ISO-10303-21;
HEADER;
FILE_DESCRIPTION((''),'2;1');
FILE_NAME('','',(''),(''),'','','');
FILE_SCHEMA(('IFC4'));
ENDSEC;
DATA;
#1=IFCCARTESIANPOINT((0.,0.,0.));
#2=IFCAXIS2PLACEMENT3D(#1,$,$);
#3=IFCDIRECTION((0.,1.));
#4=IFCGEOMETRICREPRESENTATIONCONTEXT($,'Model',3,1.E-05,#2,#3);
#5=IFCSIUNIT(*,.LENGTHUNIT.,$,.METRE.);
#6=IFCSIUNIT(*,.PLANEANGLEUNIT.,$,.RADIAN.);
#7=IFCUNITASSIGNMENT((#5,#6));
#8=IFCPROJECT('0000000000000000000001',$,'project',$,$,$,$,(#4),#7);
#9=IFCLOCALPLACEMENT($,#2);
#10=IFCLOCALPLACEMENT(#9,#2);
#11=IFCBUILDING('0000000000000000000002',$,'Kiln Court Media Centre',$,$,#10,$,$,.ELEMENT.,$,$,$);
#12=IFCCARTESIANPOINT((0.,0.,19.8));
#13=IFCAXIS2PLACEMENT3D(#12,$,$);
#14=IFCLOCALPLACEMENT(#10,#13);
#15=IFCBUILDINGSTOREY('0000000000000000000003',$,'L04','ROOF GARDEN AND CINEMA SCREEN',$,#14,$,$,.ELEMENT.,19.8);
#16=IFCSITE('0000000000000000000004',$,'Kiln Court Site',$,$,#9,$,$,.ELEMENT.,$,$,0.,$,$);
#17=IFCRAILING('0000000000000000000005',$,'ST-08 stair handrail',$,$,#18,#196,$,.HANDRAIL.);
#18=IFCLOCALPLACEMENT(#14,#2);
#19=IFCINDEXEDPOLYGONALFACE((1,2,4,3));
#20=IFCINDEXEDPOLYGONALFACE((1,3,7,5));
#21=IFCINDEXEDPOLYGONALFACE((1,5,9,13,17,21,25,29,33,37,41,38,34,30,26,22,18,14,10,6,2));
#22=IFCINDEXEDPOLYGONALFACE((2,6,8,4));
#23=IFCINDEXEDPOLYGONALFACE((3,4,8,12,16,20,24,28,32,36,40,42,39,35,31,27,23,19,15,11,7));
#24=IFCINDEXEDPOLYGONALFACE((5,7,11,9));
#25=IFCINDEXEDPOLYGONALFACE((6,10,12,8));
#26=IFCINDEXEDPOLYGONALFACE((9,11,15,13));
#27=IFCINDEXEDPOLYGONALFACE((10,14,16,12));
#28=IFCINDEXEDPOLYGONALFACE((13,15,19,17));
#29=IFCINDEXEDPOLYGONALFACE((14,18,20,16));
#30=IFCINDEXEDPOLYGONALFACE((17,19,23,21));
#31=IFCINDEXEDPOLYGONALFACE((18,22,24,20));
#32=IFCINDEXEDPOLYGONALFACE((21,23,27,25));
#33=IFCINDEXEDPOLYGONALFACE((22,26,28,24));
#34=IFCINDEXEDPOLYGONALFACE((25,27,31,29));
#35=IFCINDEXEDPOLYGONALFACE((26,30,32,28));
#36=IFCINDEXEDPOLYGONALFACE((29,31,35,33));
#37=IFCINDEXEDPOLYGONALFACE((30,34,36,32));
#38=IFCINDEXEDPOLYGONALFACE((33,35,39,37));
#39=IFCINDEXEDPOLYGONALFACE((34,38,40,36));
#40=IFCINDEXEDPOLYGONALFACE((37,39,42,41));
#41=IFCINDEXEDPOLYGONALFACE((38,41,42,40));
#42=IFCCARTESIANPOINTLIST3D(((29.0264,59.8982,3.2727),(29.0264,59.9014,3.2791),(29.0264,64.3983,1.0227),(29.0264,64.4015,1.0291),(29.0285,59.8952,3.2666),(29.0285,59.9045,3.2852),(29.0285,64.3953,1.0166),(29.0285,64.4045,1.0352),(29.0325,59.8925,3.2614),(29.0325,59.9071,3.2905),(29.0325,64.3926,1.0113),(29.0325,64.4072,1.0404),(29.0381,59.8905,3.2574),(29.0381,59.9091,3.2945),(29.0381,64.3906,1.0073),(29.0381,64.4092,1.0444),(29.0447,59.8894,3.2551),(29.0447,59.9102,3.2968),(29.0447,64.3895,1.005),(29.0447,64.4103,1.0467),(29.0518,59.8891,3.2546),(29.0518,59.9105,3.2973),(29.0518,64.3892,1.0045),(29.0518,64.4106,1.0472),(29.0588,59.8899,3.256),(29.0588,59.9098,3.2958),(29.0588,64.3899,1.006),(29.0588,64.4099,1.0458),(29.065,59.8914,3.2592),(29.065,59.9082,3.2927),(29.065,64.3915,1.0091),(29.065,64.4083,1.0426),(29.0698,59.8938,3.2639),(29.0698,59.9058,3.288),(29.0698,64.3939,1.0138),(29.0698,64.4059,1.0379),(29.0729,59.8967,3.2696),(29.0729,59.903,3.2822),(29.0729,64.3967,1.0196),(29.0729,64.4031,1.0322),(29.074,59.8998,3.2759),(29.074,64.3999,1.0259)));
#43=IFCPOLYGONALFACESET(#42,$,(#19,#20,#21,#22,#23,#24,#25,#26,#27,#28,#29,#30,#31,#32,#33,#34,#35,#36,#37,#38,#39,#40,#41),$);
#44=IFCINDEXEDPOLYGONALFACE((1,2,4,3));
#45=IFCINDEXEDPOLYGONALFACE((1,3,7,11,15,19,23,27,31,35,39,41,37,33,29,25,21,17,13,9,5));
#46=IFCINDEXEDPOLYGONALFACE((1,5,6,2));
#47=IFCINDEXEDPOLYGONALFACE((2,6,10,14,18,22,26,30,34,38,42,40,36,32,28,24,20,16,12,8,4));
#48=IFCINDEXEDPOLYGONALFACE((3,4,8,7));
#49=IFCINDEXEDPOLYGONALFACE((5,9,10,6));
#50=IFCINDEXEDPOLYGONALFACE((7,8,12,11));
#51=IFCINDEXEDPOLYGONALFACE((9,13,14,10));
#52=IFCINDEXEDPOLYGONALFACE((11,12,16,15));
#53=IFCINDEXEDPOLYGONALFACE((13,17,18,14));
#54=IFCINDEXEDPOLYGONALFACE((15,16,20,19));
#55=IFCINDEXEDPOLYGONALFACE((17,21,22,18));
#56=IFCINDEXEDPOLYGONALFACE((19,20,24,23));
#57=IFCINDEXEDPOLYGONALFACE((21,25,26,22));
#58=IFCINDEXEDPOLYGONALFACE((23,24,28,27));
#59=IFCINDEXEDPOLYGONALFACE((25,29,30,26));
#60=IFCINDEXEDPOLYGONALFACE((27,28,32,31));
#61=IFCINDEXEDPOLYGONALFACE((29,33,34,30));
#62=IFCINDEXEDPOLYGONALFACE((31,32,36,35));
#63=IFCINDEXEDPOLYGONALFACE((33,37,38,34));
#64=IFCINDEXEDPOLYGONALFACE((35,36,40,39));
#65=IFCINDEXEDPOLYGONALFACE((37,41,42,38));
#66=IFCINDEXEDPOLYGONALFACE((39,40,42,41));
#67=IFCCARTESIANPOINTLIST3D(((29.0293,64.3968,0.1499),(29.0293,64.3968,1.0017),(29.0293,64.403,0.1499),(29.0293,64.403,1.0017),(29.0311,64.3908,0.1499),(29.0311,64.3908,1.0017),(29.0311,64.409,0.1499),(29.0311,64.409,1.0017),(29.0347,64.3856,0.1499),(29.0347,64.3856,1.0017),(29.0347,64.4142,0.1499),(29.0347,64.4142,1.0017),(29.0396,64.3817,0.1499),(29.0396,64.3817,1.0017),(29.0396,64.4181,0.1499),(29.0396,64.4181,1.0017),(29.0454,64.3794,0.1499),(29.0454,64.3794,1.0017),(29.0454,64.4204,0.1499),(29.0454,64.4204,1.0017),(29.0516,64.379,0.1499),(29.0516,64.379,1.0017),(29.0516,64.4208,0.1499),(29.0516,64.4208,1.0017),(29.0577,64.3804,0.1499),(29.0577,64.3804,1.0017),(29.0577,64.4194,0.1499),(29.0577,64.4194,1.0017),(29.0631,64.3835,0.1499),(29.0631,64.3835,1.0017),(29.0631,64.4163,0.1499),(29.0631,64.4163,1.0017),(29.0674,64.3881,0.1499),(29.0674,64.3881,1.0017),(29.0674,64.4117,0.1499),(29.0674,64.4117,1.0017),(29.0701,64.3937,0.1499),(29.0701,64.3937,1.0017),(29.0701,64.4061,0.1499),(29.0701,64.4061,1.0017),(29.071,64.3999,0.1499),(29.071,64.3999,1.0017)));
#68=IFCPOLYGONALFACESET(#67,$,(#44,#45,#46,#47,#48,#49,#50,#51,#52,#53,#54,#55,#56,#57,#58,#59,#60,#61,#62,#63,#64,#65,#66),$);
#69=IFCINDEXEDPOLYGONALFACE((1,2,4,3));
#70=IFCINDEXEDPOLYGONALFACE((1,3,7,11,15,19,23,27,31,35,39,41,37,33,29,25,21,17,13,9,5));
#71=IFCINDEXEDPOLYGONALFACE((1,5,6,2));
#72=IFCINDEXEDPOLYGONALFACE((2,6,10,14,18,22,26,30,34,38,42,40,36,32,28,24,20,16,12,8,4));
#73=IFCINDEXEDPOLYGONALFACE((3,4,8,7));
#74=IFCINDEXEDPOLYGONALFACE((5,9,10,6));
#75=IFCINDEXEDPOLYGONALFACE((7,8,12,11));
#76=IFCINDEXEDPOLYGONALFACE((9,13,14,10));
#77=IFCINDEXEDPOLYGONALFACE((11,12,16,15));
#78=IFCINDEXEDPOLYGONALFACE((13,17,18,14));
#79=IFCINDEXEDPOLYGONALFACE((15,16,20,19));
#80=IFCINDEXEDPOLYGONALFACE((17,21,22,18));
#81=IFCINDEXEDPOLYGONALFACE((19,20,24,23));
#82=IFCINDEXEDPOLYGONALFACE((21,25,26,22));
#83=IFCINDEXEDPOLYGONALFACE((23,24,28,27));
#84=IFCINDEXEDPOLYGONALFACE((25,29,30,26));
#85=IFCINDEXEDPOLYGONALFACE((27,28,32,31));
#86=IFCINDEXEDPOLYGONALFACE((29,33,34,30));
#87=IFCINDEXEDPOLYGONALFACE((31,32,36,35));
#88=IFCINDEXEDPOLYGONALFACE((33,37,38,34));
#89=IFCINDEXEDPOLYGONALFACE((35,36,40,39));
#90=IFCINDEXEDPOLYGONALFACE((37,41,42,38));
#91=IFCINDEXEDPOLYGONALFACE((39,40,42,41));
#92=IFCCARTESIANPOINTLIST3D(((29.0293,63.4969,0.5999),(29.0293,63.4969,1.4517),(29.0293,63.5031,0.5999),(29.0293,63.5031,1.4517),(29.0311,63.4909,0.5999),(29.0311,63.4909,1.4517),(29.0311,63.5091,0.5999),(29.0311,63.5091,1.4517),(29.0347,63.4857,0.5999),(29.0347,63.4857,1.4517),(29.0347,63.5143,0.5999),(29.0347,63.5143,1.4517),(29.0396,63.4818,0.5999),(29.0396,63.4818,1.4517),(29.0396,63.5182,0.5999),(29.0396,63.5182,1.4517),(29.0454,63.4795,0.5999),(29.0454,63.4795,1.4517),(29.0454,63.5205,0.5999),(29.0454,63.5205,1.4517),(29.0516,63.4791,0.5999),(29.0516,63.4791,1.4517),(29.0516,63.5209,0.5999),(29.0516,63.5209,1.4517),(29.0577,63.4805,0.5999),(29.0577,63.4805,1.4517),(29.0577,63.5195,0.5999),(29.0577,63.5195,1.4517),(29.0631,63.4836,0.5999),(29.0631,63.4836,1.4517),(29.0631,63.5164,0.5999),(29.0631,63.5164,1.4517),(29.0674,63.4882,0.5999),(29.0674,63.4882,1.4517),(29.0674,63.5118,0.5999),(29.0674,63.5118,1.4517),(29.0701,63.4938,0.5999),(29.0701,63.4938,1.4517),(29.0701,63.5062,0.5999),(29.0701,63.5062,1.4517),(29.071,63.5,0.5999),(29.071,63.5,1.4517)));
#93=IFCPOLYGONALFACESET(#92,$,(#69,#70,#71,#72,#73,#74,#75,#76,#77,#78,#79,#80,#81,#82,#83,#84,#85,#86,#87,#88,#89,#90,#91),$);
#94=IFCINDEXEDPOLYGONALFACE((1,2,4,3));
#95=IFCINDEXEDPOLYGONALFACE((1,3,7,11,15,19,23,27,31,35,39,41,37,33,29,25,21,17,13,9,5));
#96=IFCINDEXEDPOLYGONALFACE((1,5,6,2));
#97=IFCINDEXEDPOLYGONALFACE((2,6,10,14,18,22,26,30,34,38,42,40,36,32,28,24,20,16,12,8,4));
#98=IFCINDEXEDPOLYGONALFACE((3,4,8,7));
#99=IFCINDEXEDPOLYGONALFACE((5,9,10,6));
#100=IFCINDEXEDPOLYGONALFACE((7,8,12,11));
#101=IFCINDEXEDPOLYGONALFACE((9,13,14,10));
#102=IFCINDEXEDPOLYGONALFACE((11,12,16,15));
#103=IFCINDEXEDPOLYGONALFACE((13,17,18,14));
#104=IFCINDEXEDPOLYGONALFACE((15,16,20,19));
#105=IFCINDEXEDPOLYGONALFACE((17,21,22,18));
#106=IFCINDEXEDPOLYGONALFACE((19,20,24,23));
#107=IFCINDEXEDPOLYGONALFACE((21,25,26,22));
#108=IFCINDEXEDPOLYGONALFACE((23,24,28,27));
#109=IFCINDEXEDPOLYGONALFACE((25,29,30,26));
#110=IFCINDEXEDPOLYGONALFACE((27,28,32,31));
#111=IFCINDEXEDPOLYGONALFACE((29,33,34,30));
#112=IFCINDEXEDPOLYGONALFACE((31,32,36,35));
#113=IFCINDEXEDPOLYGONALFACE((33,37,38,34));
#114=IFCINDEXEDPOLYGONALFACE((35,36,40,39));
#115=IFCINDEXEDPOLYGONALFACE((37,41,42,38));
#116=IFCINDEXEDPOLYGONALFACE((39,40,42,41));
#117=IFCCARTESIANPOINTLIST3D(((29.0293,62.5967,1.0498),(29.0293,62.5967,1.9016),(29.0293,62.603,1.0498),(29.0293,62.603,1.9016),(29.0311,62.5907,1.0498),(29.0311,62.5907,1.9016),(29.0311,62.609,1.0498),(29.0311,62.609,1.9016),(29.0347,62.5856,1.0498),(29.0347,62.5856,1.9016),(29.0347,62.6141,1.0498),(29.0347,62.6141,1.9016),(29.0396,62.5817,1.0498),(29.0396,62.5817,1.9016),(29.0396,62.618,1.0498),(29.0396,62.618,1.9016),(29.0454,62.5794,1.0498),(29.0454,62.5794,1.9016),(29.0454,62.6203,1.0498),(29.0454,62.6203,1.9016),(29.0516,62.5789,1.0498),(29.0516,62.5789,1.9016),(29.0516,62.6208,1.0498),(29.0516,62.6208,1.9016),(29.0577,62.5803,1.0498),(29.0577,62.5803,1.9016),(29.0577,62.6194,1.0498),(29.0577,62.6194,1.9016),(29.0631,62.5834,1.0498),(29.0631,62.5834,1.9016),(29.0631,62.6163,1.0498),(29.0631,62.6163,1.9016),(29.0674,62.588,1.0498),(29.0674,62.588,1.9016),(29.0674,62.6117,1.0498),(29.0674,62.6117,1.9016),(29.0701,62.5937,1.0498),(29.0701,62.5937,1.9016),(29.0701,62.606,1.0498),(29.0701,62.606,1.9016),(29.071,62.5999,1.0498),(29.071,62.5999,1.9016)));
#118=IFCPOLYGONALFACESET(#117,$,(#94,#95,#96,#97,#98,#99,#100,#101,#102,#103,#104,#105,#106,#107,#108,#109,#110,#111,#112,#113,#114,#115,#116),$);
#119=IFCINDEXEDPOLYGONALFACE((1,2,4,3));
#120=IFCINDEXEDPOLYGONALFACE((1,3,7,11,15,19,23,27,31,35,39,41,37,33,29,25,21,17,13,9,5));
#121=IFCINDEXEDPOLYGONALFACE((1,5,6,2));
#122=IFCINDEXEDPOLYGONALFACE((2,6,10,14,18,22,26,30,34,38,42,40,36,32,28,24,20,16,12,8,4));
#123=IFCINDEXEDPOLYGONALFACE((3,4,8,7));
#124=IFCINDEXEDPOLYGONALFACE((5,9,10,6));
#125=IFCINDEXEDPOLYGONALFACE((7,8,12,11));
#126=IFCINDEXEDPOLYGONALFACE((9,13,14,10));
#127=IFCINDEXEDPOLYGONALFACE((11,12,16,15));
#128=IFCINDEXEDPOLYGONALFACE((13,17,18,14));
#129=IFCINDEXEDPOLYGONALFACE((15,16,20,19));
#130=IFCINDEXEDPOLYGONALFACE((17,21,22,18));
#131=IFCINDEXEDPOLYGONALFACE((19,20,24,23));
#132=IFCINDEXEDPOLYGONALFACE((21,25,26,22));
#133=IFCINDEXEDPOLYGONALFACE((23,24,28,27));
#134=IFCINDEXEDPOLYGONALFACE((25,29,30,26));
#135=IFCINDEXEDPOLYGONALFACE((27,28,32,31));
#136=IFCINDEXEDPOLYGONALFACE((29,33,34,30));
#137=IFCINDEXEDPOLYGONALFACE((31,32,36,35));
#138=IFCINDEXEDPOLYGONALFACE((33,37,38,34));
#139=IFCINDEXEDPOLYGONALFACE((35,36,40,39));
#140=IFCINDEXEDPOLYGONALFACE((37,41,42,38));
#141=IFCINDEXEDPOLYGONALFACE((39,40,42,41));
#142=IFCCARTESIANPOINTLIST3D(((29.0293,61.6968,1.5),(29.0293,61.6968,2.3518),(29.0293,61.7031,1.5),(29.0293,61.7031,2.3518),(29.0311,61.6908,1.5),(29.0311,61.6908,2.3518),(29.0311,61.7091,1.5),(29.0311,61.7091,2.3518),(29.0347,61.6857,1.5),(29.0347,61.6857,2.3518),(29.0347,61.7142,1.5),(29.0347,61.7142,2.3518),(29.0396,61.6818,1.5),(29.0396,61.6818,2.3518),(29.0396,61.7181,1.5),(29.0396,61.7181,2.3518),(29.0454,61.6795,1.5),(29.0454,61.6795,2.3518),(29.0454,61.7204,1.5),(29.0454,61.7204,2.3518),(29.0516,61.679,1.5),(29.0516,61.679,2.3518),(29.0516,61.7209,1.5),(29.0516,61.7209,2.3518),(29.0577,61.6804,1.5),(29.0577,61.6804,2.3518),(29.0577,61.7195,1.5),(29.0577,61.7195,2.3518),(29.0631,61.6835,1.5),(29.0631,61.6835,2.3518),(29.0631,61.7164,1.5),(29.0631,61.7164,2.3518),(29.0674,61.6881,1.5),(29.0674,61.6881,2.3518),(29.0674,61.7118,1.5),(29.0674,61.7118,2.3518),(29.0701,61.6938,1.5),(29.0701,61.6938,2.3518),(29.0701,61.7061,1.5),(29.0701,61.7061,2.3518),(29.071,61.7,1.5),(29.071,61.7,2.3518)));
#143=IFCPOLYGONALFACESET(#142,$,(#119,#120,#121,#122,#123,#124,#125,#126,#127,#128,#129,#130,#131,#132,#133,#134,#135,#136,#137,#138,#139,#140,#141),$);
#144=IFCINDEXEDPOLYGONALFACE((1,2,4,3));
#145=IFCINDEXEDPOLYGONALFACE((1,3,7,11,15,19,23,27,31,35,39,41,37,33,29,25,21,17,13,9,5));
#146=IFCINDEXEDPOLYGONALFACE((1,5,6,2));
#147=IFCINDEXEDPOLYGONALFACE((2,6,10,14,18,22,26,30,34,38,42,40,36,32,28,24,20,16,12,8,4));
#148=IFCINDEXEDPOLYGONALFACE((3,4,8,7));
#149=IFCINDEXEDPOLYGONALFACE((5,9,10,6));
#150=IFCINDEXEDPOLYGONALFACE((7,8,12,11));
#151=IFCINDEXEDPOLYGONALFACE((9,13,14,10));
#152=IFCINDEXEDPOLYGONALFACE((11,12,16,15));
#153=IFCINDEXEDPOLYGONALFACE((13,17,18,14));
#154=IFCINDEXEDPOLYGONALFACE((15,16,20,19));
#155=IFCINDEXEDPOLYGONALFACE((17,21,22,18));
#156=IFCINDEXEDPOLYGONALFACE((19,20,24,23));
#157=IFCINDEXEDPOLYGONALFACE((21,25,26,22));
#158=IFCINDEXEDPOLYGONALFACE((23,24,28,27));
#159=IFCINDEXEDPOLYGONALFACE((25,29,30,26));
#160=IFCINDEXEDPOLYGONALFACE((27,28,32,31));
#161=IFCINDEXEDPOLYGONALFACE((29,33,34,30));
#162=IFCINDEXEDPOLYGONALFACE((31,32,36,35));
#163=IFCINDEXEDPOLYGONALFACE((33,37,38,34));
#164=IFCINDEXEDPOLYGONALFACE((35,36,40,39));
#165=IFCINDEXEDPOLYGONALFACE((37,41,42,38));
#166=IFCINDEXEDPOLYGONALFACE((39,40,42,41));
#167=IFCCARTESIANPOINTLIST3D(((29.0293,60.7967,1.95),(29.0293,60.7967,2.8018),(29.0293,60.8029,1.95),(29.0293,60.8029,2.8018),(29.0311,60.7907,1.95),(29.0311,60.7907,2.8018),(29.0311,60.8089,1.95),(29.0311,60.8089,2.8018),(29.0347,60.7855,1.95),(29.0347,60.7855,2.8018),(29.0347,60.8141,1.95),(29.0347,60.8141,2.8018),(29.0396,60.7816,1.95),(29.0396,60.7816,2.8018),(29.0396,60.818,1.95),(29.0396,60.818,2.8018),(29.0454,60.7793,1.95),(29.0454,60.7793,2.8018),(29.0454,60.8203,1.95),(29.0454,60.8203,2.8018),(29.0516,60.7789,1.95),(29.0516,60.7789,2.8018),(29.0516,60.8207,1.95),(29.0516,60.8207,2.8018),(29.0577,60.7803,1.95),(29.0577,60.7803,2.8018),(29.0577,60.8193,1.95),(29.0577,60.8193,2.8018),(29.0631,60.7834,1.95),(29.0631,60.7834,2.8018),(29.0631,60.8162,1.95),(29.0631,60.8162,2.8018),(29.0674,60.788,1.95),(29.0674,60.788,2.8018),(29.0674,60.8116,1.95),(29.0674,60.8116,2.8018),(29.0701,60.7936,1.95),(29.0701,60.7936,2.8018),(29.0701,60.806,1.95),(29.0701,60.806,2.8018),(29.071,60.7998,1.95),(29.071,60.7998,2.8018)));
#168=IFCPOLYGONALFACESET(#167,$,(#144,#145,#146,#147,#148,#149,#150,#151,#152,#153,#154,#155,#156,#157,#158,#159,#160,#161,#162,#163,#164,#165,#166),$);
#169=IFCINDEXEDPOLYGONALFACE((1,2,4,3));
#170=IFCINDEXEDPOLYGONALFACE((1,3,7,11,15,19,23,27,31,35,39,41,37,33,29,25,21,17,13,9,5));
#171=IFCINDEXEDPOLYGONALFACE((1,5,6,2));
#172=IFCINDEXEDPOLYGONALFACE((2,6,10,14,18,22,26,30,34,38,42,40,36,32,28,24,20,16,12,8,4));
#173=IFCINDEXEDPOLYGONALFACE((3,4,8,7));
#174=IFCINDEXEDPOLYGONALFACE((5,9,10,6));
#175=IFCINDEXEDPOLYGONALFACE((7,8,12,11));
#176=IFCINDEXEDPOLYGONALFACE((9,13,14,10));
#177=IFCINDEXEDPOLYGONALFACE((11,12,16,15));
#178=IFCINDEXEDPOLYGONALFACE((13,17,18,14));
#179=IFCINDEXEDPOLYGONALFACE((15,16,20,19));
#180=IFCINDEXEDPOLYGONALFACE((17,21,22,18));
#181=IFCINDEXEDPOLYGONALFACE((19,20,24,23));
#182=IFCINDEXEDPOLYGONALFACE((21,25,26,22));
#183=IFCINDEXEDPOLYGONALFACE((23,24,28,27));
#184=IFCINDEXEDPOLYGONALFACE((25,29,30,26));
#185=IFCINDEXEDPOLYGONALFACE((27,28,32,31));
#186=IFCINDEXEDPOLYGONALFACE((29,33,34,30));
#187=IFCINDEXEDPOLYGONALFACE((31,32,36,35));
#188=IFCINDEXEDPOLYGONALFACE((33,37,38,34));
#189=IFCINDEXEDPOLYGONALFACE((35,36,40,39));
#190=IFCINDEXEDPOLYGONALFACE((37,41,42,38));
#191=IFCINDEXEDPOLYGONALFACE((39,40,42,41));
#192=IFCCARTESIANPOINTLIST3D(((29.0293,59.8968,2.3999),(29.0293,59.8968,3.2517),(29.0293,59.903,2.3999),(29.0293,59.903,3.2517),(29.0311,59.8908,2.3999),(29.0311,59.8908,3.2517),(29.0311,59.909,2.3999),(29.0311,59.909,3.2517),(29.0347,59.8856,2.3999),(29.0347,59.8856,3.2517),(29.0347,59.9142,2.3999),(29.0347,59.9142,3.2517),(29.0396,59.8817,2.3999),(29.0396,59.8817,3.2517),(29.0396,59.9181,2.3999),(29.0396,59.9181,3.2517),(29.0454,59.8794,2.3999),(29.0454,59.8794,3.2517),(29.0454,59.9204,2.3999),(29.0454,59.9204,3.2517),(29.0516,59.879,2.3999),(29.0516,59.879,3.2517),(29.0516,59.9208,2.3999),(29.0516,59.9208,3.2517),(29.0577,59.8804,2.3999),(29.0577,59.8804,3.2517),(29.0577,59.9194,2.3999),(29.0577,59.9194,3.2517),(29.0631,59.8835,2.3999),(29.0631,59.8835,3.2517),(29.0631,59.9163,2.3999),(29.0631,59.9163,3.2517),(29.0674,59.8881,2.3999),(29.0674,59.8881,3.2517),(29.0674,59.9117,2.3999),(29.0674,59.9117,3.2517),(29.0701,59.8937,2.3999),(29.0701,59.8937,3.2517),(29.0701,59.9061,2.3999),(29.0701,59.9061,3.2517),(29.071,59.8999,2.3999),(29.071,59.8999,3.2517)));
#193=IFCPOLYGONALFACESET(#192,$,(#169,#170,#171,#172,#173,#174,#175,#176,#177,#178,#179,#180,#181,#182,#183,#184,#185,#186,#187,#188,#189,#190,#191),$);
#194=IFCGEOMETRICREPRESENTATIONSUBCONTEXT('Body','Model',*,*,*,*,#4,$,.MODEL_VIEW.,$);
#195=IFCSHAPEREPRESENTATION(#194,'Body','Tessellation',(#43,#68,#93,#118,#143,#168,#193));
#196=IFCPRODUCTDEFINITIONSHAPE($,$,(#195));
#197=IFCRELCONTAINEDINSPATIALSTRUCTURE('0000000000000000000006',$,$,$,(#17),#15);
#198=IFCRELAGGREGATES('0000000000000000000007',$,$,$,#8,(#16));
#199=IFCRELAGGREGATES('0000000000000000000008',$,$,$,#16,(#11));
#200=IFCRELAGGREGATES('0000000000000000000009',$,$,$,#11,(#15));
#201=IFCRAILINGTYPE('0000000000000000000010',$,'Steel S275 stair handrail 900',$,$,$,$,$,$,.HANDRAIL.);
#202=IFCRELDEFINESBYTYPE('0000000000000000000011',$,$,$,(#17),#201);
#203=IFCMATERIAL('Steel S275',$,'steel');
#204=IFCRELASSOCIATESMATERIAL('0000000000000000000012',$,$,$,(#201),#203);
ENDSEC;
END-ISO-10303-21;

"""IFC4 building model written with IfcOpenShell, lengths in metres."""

from ifc_helpers import new_model, si_unit, direction, frame, origin, origin_2d, place, context, subcontext, project, spatial, circle, extrude, material, type_object, element, save


model = new_model("IFC4")

# Units and contexts
model_context = context("Model", 3, precision=1e-05, world=origin(), true_north=direction((0.0, 1.0)))
body_context = subcontext(model_context, "Body", "Model", "MODEL_VIEW")
ifc_project = project(units=[si_unit("LENGTHUNIT", "METRE"), si_unit("PLANEANGLEUNIT", "RADIAN")], contexts=[model_context])

# Site, building, storey
site_placement = place(None, origin())
site = spatial("IfcSite", under=ifc_project, at=site_placement, Name="Kiln Court Site", CompositionType="ELEMENT", RefElevation=0.0)
building_placement = place(site_placement, origin())
building = spatial("IfcBuilding", under=site, at=building_placement, Name="Kiln Court Media Centre", CompositionType="ELEMENT")
storey_placement = place(building_placement, frame((0.0, 0.0, 19.8)))
storey = spatial("IfcBuildingStorey", under=building, at=storey_placement, Name="L04", Description="ROOF GARDEN AND CINEMA SCREEN", CompositionType="ELEMENT", Elevation=19.8)

# Railing
ifc_material_1 = material(Name="Steel S275", Category="steel")
railing_type_1 = type_object("IfcRailingType", Name="Steel S275 stair handrail 900", PredefinedType="HANDRAIL", material=ifc_material_1)
railing_1_placement = place(storey_placement, frame((29.05, 64.3999, 0.1499)))
element("IfcRailing", 1, at=railing_1_placement, inside=storey, type_object=railing_type_1, Name="ST-08 stair handrail", PredefinedType="HANDRAIL", context=body_context, shape_type="SweptSolid", body=[
    extrude(circle(Radius=0.0239, at=origin_2d()), frame((0.0, 0.0, 0.876), z_axis=(0.0, -0.894427, 0.447214), x_axis=(1.0, 0.0, 0.0)), (0.0, 0.0, 1.0), 5.0312),
    extrude(circle(Radius=0.021, at=origin_2d()), origin(), (0.0, 0.0, 1.0), 0.8518),
    extrude(circle(Radius=0.021, at=origin_2d()), frame((0.0, -0.8999, 0.45)), (0.0, 0.0, 1.0), 0.8518),
    extrude(circle(Radius=0.021, at=origin_2d()), frame((0.0, -1.8, 0.8999)), (0.0, 0.0, 1.0), 0.8518),
    extrude(circle(Radius=0.021, at=origin_2d()), frame((0.0, -2.7, 1.3501)), (0.0, 0.0, 1.0), 0.8518),
    extrude(circle(Radius=0.021, at=origin_2d()), frame((0.0, -3.6001, 1.8)), (0.0, 0.0, 1.0), 0.8518),
    extrude(circle(Radius=0.021, at=origin_2d()), frame((0.0, -4.5, 2.25)), (0.0, 0.0, 1.0), 0.8518),
])

save(model, "model.ifc")
